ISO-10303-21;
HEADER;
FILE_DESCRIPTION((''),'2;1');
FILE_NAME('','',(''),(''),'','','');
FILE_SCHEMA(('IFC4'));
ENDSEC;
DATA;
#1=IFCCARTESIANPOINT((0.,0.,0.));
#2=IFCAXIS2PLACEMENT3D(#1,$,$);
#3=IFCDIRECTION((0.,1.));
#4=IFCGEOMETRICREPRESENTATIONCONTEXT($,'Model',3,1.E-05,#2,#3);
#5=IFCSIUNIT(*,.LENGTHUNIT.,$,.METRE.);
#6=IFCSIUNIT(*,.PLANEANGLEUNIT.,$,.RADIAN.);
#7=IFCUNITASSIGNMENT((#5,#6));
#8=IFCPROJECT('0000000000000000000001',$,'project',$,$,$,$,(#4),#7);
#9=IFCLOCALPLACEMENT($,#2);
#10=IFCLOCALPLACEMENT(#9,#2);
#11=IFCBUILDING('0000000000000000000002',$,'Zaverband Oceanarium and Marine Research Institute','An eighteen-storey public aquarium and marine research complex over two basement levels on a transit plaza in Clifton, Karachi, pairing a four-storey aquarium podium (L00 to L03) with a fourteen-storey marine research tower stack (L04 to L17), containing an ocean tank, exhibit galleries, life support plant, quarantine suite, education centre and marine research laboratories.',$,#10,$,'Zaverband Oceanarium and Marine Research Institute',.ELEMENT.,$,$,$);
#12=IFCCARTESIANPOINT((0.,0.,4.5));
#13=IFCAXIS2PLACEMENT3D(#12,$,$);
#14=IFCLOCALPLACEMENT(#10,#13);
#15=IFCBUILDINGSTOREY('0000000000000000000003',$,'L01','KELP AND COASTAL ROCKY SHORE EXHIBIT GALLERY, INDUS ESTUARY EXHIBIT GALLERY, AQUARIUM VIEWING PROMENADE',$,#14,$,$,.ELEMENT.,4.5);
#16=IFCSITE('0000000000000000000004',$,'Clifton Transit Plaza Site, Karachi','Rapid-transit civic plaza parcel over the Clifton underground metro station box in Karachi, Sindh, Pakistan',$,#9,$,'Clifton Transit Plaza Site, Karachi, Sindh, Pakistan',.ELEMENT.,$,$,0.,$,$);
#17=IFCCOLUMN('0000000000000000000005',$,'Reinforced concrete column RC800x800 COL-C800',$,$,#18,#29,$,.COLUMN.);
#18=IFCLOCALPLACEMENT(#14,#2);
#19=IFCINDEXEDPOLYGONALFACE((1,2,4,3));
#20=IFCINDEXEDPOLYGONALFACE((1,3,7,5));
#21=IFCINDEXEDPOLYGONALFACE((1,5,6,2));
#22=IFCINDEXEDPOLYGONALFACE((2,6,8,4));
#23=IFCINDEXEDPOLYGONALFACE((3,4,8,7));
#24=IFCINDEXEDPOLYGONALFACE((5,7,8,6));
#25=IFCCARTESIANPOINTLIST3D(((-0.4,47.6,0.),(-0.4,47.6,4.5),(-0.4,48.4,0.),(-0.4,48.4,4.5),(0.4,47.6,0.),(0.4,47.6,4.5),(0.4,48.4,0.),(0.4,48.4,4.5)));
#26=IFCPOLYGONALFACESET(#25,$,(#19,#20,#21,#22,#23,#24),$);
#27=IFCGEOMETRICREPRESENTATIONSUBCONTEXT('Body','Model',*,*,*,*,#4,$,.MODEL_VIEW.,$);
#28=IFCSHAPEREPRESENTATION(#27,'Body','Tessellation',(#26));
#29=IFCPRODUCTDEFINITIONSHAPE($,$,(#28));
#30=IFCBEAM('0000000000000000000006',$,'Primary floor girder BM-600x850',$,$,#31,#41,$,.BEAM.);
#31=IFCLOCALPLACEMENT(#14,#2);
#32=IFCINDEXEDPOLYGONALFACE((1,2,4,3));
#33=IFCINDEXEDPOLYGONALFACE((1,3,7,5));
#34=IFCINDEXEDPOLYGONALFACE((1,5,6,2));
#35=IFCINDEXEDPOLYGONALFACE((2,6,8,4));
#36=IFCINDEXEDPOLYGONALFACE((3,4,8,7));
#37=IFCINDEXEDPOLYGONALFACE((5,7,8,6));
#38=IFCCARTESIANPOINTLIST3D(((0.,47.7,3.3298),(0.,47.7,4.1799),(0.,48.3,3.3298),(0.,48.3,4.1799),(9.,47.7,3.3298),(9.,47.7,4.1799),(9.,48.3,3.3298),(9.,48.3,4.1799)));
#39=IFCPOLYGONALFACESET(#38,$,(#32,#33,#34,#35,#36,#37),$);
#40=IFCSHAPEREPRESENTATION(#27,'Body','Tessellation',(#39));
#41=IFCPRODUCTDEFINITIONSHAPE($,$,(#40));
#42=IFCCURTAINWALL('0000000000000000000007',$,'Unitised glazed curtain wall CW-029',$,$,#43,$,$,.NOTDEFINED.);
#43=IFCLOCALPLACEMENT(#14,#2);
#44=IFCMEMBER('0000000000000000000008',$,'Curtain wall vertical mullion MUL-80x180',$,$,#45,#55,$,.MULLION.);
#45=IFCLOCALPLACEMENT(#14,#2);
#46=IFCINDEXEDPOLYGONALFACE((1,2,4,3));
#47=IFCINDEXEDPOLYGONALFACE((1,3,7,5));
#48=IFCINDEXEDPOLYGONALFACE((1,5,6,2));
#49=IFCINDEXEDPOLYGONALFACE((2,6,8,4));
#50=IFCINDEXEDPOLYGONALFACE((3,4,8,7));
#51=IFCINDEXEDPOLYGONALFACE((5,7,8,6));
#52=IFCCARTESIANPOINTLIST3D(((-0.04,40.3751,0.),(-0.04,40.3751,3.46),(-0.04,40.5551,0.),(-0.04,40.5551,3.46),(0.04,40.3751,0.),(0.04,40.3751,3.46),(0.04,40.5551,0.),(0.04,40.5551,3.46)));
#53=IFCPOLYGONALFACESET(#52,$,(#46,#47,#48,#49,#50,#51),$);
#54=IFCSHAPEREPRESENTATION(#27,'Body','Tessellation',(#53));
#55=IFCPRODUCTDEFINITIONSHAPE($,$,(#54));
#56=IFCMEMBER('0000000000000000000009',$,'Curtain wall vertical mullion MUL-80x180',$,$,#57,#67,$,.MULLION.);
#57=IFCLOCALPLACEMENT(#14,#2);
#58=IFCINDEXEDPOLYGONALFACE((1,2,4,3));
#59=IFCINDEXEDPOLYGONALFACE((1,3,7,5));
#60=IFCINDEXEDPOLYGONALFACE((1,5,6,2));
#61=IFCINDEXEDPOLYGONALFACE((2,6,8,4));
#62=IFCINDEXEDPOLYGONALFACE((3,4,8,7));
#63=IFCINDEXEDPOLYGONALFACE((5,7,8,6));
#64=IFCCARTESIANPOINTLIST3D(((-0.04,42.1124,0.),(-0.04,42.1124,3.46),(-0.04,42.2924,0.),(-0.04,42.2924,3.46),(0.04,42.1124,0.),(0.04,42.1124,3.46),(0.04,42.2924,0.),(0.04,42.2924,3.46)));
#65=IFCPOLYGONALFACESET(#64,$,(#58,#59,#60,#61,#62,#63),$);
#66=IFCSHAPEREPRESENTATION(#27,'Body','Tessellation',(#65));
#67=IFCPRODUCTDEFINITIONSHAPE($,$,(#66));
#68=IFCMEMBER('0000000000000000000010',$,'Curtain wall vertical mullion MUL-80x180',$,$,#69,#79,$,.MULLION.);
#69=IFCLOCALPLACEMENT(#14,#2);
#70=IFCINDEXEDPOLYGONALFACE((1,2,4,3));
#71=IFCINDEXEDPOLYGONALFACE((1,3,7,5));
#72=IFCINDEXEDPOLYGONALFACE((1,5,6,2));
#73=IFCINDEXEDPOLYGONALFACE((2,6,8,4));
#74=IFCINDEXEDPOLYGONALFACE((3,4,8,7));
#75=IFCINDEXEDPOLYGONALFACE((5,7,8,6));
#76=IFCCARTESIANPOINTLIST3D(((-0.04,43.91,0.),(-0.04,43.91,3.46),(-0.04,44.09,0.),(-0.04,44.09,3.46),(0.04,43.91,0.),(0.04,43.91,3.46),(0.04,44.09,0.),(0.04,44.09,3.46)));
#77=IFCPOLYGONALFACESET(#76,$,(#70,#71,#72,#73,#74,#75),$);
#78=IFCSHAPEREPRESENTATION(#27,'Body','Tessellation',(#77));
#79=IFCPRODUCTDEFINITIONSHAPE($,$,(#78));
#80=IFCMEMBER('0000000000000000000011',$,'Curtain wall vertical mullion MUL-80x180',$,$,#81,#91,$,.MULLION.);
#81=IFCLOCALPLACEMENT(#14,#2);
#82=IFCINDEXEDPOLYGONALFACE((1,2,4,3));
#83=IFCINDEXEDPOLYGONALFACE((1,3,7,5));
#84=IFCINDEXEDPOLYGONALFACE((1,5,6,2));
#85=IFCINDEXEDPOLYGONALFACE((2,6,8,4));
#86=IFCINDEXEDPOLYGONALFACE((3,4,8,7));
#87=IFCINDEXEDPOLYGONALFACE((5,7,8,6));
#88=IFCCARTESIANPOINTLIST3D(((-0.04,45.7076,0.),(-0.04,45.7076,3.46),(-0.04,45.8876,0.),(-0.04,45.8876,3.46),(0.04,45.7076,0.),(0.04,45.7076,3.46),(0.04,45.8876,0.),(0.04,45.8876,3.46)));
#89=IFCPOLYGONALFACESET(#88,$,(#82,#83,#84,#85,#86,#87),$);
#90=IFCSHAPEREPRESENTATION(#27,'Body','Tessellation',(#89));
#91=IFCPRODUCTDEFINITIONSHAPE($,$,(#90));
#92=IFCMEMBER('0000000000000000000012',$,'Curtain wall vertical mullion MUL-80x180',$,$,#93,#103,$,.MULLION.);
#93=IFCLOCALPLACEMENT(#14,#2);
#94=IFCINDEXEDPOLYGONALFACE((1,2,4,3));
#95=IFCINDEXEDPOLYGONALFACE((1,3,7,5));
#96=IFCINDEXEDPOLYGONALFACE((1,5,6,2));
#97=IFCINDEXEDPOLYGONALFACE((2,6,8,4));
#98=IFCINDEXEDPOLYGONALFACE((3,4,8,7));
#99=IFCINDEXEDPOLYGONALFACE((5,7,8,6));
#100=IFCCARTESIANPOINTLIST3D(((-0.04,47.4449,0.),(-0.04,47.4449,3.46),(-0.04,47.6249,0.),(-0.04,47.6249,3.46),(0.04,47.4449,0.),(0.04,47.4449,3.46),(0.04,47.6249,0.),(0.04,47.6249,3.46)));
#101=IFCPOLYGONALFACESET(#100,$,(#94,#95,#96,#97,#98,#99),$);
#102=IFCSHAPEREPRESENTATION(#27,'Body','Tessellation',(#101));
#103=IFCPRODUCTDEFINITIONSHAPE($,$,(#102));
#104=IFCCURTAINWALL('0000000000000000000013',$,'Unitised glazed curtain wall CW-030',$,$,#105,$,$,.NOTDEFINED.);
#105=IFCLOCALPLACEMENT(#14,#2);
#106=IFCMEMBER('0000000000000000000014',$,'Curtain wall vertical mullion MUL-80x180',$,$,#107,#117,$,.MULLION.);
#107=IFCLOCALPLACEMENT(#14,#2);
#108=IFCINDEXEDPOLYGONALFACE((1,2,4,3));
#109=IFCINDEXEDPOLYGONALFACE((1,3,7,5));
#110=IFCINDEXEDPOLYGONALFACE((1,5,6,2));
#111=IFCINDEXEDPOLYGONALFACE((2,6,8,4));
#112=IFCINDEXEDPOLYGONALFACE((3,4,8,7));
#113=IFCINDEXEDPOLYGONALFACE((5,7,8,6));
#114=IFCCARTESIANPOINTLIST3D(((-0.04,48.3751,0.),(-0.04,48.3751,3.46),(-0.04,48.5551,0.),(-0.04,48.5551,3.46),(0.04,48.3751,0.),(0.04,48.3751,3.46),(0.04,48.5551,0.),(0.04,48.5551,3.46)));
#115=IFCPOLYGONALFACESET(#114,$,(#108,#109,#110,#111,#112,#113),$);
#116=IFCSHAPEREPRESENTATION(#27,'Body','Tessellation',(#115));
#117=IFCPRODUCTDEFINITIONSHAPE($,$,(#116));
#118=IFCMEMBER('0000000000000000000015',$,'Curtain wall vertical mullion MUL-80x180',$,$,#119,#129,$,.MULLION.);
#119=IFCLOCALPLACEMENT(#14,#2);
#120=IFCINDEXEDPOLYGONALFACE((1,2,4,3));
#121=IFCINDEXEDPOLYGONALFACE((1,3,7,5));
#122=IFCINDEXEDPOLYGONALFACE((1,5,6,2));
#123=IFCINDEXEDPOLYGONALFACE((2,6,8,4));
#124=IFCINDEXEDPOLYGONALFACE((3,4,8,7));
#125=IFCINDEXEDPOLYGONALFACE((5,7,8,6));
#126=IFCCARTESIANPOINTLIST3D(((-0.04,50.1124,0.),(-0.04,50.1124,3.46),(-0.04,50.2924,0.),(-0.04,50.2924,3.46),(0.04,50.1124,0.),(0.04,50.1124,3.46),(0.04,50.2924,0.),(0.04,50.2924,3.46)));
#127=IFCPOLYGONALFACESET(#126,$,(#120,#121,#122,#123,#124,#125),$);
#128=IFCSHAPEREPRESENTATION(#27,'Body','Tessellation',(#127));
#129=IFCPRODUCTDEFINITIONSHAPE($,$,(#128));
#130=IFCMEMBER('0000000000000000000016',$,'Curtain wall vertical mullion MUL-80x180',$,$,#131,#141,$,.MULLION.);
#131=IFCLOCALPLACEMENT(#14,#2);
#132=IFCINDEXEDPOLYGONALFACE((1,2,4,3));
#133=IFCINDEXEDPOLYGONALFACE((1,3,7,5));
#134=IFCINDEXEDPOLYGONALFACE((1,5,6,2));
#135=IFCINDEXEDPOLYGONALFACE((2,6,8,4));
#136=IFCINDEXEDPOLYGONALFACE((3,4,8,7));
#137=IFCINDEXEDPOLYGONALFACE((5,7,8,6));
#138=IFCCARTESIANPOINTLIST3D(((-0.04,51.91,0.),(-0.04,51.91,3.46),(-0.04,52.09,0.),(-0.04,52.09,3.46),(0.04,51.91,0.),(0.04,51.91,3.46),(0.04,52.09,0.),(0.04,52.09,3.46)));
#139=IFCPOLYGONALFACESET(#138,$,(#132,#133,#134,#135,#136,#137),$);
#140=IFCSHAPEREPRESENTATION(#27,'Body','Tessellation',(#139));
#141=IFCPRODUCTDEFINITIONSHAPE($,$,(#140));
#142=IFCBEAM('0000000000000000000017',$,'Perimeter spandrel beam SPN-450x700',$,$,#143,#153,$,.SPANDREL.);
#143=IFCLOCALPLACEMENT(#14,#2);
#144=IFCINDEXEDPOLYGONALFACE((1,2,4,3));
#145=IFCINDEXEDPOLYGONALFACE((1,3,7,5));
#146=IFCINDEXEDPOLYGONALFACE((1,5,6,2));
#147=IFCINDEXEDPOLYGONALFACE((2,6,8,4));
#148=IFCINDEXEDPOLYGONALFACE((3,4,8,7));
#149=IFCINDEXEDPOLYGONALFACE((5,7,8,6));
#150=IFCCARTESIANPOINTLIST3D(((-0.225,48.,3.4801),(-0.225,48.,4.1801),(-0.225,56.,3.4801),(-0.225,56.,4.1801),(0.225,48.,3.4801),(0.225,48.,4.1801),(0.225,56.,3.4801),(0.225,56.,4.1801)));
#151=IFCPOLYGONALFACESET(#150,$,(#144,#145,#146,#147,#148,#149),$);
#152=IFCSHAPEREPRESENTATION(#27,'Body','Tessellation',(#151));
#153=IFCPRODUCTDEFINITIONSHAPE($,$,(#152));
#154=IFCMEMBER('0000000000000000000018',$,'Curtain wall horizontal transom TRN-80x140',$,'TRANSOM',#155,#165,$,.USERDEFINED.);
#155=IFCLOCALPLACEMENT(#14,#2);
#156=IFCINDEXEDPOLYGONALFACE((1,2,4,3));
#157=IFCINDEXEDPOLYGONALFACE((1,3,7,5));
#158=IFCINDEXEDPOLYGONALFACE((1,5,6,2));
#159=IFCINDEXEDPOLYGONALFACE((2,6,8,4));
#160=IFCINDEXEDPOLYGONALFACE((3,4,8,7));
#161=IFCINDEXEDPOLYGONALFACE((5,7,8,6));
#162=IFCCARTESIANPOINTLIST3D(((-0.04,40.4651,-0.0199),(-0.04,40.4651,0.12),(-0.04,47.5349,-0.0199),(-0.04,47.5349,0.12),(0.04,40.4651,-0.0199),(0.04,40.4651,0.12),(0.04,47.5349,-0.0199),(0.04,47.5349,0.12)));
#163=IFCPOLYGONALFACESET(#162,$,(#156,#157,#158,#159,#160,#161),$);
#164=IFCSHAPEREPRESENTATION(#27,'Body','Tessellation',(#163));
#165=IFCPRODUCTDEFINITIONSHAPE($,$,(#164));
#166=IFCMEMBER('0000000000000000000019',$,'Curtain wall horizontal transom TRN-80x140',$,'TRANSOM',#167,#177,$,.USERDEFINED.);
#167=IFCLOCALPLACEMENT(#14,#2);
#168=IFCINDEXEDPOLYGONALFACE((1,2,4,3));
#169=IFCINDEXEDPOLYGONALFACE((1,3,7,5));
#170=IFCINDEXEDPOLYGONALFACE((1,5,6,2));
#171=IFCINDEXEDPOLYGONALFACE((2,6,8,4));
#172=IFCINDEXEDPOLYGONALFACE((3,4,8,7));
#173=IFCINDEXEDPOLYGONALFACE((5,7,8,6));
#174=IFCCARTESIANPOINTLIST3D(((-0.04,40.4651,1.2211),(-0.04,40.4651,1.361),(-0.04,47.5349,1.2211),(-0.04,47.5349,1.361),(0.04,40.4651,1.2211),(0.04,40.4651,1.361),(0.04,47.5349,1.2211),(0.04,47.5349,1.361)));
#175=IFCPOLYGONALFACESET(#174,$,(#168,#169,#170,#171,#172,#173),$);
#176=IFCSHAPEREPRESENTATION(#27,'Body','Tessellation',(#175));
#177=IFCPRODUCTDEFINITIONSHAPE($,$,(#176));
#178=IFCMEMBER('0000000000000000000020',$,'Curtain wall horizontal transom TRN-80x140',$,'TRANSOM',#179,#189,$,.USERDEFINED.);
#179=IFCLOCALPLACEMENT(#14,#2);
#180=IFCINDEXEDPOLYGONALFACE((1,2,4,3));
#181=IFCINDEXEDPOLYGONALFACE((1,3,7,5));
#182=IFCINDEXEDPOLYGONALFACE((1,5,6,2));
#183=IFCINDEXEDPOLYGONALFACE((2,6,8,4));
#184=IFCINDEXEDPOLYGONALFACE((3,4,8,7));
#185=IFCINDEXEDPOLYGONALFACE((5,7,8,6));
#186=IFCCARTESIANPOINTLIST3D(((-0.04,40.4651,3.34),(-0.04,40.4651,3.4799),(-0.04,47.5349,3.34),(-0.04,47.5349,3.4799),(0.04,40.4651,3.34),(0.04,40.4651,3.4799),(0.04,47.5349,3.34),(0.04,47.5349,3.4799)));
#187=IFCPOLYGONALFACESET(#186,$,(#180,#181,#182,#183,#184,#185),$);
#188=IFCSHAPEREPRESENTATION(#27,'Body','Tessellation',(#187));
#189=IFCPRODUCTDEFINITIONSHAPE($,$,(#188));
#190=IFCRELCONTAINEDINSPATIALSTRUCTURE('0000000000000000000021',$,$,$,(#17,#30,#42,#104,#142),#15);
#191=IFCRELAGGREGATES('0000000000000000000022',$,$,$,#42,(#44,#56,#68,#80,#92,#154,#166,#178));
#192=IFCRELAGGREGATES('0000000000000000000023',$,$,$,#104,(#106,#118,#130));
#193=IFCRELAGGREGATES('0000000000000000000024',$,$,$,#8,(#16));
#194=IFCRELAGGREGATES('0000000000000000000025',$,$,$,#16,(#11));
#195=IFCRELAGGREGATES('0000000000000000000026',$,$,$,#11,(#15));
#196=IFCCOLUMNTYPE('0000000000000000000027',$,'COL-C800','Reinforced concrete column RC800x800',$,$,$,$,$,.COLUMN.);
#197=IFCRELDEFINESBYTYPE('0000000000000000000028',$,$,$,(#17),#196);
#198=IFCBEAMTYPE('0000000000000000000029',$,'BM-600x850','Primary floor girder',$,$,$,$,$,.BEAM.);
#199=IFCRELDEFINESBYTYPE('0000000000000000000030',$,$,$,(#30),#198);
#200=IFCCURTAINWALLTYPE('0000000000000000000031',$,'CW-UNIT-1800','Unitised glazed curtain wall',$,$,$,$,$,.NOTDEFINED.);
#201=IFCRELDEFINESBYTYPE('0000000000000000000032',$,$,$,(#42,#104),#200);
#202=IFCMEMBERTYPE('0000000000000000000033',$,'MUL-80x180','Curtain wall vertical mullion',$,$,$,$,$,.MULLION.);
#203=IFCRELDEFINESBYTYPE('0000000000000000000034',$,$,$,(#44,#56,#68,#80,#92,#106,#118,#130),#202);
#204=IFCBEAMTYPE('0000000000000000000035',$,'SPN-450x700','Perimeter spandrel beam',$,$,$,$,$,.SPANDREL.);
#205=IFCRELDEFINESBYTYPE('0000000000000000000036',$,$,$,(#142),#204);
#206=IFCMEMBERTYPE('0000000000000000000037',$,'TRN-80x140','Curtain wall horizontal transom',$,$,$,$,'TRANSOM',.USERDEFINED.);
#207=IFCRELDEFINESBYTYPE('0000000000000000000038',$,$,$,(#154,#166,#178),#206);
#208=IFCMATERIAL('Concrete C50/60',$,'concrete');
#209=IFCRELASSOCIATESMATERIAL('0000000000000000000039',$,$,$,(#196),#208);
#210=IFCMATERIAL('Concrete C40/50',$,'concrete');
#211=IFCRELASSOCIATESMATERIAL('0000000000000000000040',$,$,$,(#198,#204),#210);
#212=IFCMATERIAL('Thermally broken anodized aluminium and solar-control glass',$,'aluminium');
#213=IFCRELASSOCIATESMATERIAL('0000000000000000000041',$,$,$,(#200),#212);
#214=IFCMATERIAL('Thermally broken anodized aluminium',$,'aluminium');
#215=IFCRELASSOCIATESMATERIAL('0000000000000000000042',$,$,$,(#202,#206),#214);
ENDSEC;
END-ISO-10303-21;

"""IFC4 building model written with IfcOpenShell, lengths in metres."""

from ifc_helpers import new_model, si_unit, direction, frame, origin, origin_2d, place, context, subcontext, project, spatial, rectangle, extrude, material, material_profile, profile_set, type_object, element, aggregate, save


model = new_model("IFC4")

# Units and contexts
model_context = context("Model", 3, precision=1e-05, world=origin(), true_north=direction((0.0, 1.0)))
body_context = subcontext(model_context, "Body", "Model", "MODEL_VIEW")
ifc_project = project(units=[si_unit("LENGTHUNIT", "METRE"), si_unit("PLANEANGLEUNIT", "RADIAN")], contexts=[model_context])

# Site, building, storey
site_placement = place(None, origin())
site = spatial("IfcSite", under=ifc_project, at=site_placement, Name="Clifton Transit Plaza Site, Karachi", Description="Rapid-transit civic plaza parcel over the Clifton underground metro station box in Karachi, Sindh, Pakistan", LongName="Clifton Transit Plaza Site, Karachi, Sindh, Pakistan", CompositionType="ELEMENT", RefElevation=0.0)
building_placement = place(site_placement, origin())
building = spatial("IfcBuilding", under=site, at=building_placement, Name="Zaverband Oceanarium and Marine Research Institute", Description="An eighteen-storey public aquarium and marine research complex over two basement levels on a transit plaza in Clifton, Karachi, pairing a four-storey aquarium podium (L00 to L03) with a fourteen-storey marine research tower stack (L04 to L17), containing an ocean tank, exhibit galleries, life support plant, quarantine suite, education centre and marine research laboratories.", LongName="Zaverband Oceanarium and Marine Research Institute", CompositionType="ELEMENT")
storey_placement = place(building_placement, frame((0.0, 0.0, 4.5)))
storey = spatial("IfcBuildingStorey", under=building, at=storey_placement, Name="L01", Description="KELP AND COASTAL ROCKY SHORE EXHIBIT GALLERY, INDUS ESTUARY EXHIBIT GALLERY, AQUARIUM VIEWING PROMENADE", CompositionType="ELEMENT", Elevation=4.5)

# Column
ifc_material_1 = material(Name="Concrete C50/60", Category="concrete")
ifc_material_profile_1 = material_profile(ifc_material_1, rectangle(XDim=0.8, YDim=0.8, at=origin_2d()), Name="RC800x800")
ifc_profile_set_1 = profile_set([ifc_material_profile_1], Name="Concrete C50/60")
column_type = type_object("IfcColumnType", Name="COL-C800", Description="Reinforced concrete column RC800x800", PredefinedType="COLUMN", material=ifc_profile_set_1)
column_placement = place(storey_placement, frame((0.0, 48.0, 0.0), z_axis=(0.0, 0.0, 1.0), x_axis=(1.0, 0.0, 0.0)))
element("IfcColumn", 1, at=column_placement, inside=storey, type_object=column_type, Name="Reinforced concrete column RC800x800 COL-C800", PredefinedType="COLUMN", context=body_context, shape_type="SweptSolid", body=[
    extrude(rectangle(XDim=0.8, YDim=0.8, at=origin_2d()), origin(), (0.0, 0.0, 1.0), 4.5),
])

# Beam
ifc_material_2 = material(Name="Concrete C40/50", Category="concrete")
ifc_material_profile_2 = material_profile(ifc_material_2, rectangle(XDim=0.6001, YDim=0.8501, at=origin_2d()), Name="RC600x850")
ifc_profile_set_2 = profile_set([ifc_material_profile_2], Name="Concrete C40/50")
beam_type_1 = type_object("IfcBeamType", Name="BM-600x850", Description="Primary floor girder", PredefinedType="BEAM", material=ifc_profile_set_2)
beam_1_placement = place(storey_placement, frame((0.0, 48.0, 3.7549), z_axis=(1.0, 0.0, 0.0), x_axis=(0.0, 1.0, 0.0)))
element("IfcBeam", 2, at=beam_1_placement, inside=storey, type_object=beam_type_1, Name="Primary floor girder BM-600x850", PredefinedType="BEAM", context=body_context, shape_type="SweptSolid", body=[
    extrude(rectangle(XDim=0.6001, YDim=0.8501, at=origin_2d()), origin(), (0.0, 0.0, 1.0), 9.0),
])

# Curtain walls, members
ifc_material_3 = material(Name="Thermally broken anodized aluminium and solar-control glass", Category="aluminium")
curtain_wall_type = type_object("IfcCurtainWallType", Name="CW-UNIT-1800", Description="Unitised glazed curtain wall", PredefinedType="NOTDEFINED", material=ifc_material_3)
curtain_wall_1_placement = place(storey_placement, origin())
curtain_wall_1 = element("IfcCurtainWall", 3, at=curtain_wall_1_placement, inside=storey, type_object=curtain_wall_type, Name="Unitised glazed curtain wall CW-029", PredefinedType="NOTDEFINED")
ifc_material_4 = material(Name="Thermally broken anodized aluminium", Category="aluminium")
ifc_material_profile_3 = material_profile(ifc_material_4, rectangle(XDim=0.0801, YDim=0.1799, at=origin_2d()), Name="AL-MUL-80x180")
ifc_profile_set_3 = profile_set([ifc_material_profile_3], Name="Thermally broken anodized aluminium")
member_type_1 = type_object("IfcMemberType", Name="MUL-80x180", Description="Curtain wall vertical mullion", PredefinedType="MULLION", material=ifc_profile_set_3)
member_1_placement = place(storey_placement, frame((0.0, 40.4651, 0.0), z_axis=(0.0, 0.0, 1.0), x_axis=(1.0, 0.0, 0.0)))
member_1 = element("IfcMember", 4, at=member_1_placement, type_object=member_type_1, Name="Curtain wall vertical mullion MUL-80x180", PredefinedType="MULLION", context=body_context, shape_type="SweptSolid", body=[
    extrude(rectangle(XDim=0.0801, YDim=0.1799, at=origin_2d()), origin(), (0.0, 0.0, 1.0), 3.46),
])
member_2_placement = place(storey_placement, frame((0.0, 42.2024, 0.0), z_axis=(0.0, 0.0, 1.0), x_axis=(1.0, 0.0, 0.0)))
member_2 = element("IfcMember", 5, at=member_2_placement, type_object=member_type_1, Name="Curtain wall vertical mullion MUL-80x180", PredefinedType="MULLION", context=body_context, shape_type="SweptSolid", body=[
    extrude(rectangle(XDim=0.0801, YDim=0.1799, at=origin_2d()), origin(), (0.0, 0.0, 1.0), 3.46),
])
member_3_placement = place(storey_placement, frame((0.0, 44.0, 0.0), z_axis=(0.0, 0.0, 1.0), x_axis=(1.0, 0.0, 0.0)))
member_3 = element("IfcMember", 6, at=member_3_placement, type_object=member_type_1, Name="Curtain wall vertical mullion MUL-80x180", PredefinedType="MULLION", context=body_context, shape_type="SweptSolid", body=[
    extrude(rectangle(XDim=0.0801, YDim=0.1799, at=origin_2d()), origin(), (0.0, 0.0, 1.0), 3.46),
])
member_4_placement = place(storey_placement, frame((0.0, 45.7976, 0.0), z_axis=(0.0, 0.0, 1.0), x_axis=(1.0, 0.0, 0.0)))
member_4 = element("IfcMember", 7, at=member_4_placement, type_object=member_type_1, Name="Curtain wall vertical mullion MUL-80x180", PredefinedType="MULLION", context=body_context, shape_type="SweptSolid", body=[
    extrude(rectangle(XDim=0.0801, YDim=0.1799, at=origin_2d()), origin(), (0.0, 0.0, 1.0), 3.46),
])
member_5_placement = place(storey_placement, frame((0.0, 47.5349, 0.0), z_axis=(0.0, 0.0, 1.0), x_axis=(1.0, 0.0, 0.0)))
member_5 = element("IfcMember", 8, at=member_5_placement, type_object=member_type_1, Name="Curtain wall vertical mullion MUL-80x180", PredefinedType="MULLION", context=body_context, shape_type="SweptSolid", body=[
    extrude(rectangle(XDim=0.0801, YDim=0.1799, at=origin_2d()), origin(), (0.0, 0.0, 1.0), 3.46),
])
curtain_wall_2_placement = place(storey_placement, origin())
curtain_wall_2 = element("IfcCurtainWall", 9, at=curtain_wall_2_placement, inside=storey, type_object=curtain_wall_type, Name="Unitised glazed curtain wall CW-030", PredefinedType="NOTDEFINED")
member_6_placement = place(storey_placement, frame((0.0, 48.4651, 0.0), z_axis=(0.0, 0.0, 1.0), x_axis=(1.0, 0.0, 0.0)))
member_6 = element("IfcMember", 10, at=member_6_placement, type_object=member_type_1, Name="Curtain wall vertical mullion MUL-80x180", PredefinedType="MULLION", context=body_context, shape_type="SweptSolid", body=[
    extrude(rectangle(XDim=0.0801, YDim=0.1799, at=origin_2d()), origin(), (0.0, 0.0, 1.0), 3.46),
])
member_7_placement = place(storey_placement, frame((0.0, 50.2024, 0.0), z_axis=(0.0, 0.0, 1.0), x_axis=(1.0, 0.0, 0.0)))
member_7 = element("IfcMember", 11, at=member_7_placement, type_object=member_type_1, Name="Curtain wall vertical mullion MUL-80x180", PredefinedType="MULLION", context=body_context, shape_type="SweptSolid", body=[
    extrude(rectangle(XDim=0.0801, YDim=0.1799, at=origin_2d()), origin(), (0.0, 0.0, 1.0), 3.46),
])
member_8_placement = place(storey_placement, frame((0.0, 52.0, 0.0), z_axis=(0.0, 0.0, 1.0), x_axis=(1.0, 0.0, 0.0)))
member_8 = element("IfcMember", 12, at=member_8_placement, type_object=member_type_1, Name="Curtain wall vertical mullion MUL-80x180", PredefinedType="MULLION", context=body_context, shape_type="SweptSolid", body=[
    extrude(rectangle(XDim=0.0801, YDim=0.1799, at=origin_2d()), origin(), (0.0, 0.0, 1.0), 3.46),
])

# Beam
ifc_material_profile_4 = material_profile(ifc_material_2, rectangle(XDim=0.45, YDim=0.7, at=origin_2d()), Name="RC450x700")
ifc_profile_set_4 = profile_set([ifc_material_profile_4], Name="Concrete C40/50")
beam_type_2 = type_object("IfcBeamType", Name="SPN-450x700", Description="Perimeter spandrel beam", PredefinedType="SPANDREL", material=ifc_profile_set_4)
beam_2_placement = place(storey_placement, frame((0.0, 48.0, 3.8301), z_axis=(0.0, 1.0, 0.0), x_axis=(-1.0, 0.0, 0.0)))
element("IfcBeam", 13, at=beam_2_placement, inside=storey, type_object=beam_type_2, Name="Perimeter spandrel beam SPN-450x700", PredefinedType="SPANDREL", context=body_context, shape_type="SweptSolid", body=[
    extrude(rectangle(XDim=0.45, YDim=0.7, at=origin_2d()), origin(), (0.0, 0.0, 1.0), 8.0),
])

# Members
ifc_material_profile_5 = material_profile(ifc_material_4, rectangle(XDim=0.0801, YDim=0.1399, at=origin_2d()), Name="AL-TRN-80x140")
ifc_profile_set_5 = profile_set([ifc_material_profile_5], Name="Thermally broken anodized aluminium")
member_type_2 = type_object("IfcMemberType", Name="TRN-80x140", Description="Curtain wall horizontal transom", ElementType="TRANSOM", PredefinedType="USERDEFINED", material=ifc_profile_set_5)
member_9_placement = place(storey_placement, frame((0.0, 40.4651, 0.05), z_axis=(0.0, 1.0, 0.0), x_axis=(-1.0, 0.0, 0.0)))
member_9 = element("IfcMember", 14, at=member_9_placement, type_object=member_type_2, Name="Curtain wall horizontal transom TRN-80x140", ObjectType="TRANSOM", PredefinedType="USERDEFINED", context=body_context, shape_type="SweptSolid", body=[
    extrude(rectangle(XDim=0.0801, YDim=0.1399, at=origin_2d()), origin(), (0.0, 0.0, 1.0), 7.0698),
])
member_10_placement = place(storey_placement, frame((0.0, 40.4651, 1.291), z_axis=(0.0, 1.0, 0.0), x_axis=(-1.0, 0.0, 0.0)))
member_10 = element("IfcMember", 15, at=member_10_placement, type_object=member_type_2, Name="Curtain wall horizontal transom TRN-80x140", ObjectType="TRANSOM", PredefinedType="USERDEFINED", context=body_context, shape_type="SweptSolid", body=[
    extrude(rectangle(XDim=0.0801, YDim=0.1399, at=origin_2d()), origin(), (0.0, 0.0, 1.0), 7.0698),
])
member_11_placement = place(storey_placement, frame((0.0, 40.4651, 3.4099), z_axis=(0.0, 1.0, 0.0), x_axis=(-1.0, 0.0, 0.0)))
member_11 = element("IfcMember", 16, at=member_11_placement, type_object=member_type_2, Name="Curtain wall horizontal transom TRN-80x140", ObjectType="TRANSOM", PredefinedType="USERDEFINED", context=body_context, shape_type="SweptSolid", body=[
    extrude(rectangle(XDim=0.0801, YDim=0.1399, at=origin_2d()), origin(), (0.0, 0.0, 1.0), 7.0698),
])

aggregate(curtain_wall_1, [member_1, member_2, member_3, member_4, member_5, member_9, member_10, member_11])
aggregate(curtain_wall_2, [member_6, member_7, member_8])

save(model, "model.ifc")
